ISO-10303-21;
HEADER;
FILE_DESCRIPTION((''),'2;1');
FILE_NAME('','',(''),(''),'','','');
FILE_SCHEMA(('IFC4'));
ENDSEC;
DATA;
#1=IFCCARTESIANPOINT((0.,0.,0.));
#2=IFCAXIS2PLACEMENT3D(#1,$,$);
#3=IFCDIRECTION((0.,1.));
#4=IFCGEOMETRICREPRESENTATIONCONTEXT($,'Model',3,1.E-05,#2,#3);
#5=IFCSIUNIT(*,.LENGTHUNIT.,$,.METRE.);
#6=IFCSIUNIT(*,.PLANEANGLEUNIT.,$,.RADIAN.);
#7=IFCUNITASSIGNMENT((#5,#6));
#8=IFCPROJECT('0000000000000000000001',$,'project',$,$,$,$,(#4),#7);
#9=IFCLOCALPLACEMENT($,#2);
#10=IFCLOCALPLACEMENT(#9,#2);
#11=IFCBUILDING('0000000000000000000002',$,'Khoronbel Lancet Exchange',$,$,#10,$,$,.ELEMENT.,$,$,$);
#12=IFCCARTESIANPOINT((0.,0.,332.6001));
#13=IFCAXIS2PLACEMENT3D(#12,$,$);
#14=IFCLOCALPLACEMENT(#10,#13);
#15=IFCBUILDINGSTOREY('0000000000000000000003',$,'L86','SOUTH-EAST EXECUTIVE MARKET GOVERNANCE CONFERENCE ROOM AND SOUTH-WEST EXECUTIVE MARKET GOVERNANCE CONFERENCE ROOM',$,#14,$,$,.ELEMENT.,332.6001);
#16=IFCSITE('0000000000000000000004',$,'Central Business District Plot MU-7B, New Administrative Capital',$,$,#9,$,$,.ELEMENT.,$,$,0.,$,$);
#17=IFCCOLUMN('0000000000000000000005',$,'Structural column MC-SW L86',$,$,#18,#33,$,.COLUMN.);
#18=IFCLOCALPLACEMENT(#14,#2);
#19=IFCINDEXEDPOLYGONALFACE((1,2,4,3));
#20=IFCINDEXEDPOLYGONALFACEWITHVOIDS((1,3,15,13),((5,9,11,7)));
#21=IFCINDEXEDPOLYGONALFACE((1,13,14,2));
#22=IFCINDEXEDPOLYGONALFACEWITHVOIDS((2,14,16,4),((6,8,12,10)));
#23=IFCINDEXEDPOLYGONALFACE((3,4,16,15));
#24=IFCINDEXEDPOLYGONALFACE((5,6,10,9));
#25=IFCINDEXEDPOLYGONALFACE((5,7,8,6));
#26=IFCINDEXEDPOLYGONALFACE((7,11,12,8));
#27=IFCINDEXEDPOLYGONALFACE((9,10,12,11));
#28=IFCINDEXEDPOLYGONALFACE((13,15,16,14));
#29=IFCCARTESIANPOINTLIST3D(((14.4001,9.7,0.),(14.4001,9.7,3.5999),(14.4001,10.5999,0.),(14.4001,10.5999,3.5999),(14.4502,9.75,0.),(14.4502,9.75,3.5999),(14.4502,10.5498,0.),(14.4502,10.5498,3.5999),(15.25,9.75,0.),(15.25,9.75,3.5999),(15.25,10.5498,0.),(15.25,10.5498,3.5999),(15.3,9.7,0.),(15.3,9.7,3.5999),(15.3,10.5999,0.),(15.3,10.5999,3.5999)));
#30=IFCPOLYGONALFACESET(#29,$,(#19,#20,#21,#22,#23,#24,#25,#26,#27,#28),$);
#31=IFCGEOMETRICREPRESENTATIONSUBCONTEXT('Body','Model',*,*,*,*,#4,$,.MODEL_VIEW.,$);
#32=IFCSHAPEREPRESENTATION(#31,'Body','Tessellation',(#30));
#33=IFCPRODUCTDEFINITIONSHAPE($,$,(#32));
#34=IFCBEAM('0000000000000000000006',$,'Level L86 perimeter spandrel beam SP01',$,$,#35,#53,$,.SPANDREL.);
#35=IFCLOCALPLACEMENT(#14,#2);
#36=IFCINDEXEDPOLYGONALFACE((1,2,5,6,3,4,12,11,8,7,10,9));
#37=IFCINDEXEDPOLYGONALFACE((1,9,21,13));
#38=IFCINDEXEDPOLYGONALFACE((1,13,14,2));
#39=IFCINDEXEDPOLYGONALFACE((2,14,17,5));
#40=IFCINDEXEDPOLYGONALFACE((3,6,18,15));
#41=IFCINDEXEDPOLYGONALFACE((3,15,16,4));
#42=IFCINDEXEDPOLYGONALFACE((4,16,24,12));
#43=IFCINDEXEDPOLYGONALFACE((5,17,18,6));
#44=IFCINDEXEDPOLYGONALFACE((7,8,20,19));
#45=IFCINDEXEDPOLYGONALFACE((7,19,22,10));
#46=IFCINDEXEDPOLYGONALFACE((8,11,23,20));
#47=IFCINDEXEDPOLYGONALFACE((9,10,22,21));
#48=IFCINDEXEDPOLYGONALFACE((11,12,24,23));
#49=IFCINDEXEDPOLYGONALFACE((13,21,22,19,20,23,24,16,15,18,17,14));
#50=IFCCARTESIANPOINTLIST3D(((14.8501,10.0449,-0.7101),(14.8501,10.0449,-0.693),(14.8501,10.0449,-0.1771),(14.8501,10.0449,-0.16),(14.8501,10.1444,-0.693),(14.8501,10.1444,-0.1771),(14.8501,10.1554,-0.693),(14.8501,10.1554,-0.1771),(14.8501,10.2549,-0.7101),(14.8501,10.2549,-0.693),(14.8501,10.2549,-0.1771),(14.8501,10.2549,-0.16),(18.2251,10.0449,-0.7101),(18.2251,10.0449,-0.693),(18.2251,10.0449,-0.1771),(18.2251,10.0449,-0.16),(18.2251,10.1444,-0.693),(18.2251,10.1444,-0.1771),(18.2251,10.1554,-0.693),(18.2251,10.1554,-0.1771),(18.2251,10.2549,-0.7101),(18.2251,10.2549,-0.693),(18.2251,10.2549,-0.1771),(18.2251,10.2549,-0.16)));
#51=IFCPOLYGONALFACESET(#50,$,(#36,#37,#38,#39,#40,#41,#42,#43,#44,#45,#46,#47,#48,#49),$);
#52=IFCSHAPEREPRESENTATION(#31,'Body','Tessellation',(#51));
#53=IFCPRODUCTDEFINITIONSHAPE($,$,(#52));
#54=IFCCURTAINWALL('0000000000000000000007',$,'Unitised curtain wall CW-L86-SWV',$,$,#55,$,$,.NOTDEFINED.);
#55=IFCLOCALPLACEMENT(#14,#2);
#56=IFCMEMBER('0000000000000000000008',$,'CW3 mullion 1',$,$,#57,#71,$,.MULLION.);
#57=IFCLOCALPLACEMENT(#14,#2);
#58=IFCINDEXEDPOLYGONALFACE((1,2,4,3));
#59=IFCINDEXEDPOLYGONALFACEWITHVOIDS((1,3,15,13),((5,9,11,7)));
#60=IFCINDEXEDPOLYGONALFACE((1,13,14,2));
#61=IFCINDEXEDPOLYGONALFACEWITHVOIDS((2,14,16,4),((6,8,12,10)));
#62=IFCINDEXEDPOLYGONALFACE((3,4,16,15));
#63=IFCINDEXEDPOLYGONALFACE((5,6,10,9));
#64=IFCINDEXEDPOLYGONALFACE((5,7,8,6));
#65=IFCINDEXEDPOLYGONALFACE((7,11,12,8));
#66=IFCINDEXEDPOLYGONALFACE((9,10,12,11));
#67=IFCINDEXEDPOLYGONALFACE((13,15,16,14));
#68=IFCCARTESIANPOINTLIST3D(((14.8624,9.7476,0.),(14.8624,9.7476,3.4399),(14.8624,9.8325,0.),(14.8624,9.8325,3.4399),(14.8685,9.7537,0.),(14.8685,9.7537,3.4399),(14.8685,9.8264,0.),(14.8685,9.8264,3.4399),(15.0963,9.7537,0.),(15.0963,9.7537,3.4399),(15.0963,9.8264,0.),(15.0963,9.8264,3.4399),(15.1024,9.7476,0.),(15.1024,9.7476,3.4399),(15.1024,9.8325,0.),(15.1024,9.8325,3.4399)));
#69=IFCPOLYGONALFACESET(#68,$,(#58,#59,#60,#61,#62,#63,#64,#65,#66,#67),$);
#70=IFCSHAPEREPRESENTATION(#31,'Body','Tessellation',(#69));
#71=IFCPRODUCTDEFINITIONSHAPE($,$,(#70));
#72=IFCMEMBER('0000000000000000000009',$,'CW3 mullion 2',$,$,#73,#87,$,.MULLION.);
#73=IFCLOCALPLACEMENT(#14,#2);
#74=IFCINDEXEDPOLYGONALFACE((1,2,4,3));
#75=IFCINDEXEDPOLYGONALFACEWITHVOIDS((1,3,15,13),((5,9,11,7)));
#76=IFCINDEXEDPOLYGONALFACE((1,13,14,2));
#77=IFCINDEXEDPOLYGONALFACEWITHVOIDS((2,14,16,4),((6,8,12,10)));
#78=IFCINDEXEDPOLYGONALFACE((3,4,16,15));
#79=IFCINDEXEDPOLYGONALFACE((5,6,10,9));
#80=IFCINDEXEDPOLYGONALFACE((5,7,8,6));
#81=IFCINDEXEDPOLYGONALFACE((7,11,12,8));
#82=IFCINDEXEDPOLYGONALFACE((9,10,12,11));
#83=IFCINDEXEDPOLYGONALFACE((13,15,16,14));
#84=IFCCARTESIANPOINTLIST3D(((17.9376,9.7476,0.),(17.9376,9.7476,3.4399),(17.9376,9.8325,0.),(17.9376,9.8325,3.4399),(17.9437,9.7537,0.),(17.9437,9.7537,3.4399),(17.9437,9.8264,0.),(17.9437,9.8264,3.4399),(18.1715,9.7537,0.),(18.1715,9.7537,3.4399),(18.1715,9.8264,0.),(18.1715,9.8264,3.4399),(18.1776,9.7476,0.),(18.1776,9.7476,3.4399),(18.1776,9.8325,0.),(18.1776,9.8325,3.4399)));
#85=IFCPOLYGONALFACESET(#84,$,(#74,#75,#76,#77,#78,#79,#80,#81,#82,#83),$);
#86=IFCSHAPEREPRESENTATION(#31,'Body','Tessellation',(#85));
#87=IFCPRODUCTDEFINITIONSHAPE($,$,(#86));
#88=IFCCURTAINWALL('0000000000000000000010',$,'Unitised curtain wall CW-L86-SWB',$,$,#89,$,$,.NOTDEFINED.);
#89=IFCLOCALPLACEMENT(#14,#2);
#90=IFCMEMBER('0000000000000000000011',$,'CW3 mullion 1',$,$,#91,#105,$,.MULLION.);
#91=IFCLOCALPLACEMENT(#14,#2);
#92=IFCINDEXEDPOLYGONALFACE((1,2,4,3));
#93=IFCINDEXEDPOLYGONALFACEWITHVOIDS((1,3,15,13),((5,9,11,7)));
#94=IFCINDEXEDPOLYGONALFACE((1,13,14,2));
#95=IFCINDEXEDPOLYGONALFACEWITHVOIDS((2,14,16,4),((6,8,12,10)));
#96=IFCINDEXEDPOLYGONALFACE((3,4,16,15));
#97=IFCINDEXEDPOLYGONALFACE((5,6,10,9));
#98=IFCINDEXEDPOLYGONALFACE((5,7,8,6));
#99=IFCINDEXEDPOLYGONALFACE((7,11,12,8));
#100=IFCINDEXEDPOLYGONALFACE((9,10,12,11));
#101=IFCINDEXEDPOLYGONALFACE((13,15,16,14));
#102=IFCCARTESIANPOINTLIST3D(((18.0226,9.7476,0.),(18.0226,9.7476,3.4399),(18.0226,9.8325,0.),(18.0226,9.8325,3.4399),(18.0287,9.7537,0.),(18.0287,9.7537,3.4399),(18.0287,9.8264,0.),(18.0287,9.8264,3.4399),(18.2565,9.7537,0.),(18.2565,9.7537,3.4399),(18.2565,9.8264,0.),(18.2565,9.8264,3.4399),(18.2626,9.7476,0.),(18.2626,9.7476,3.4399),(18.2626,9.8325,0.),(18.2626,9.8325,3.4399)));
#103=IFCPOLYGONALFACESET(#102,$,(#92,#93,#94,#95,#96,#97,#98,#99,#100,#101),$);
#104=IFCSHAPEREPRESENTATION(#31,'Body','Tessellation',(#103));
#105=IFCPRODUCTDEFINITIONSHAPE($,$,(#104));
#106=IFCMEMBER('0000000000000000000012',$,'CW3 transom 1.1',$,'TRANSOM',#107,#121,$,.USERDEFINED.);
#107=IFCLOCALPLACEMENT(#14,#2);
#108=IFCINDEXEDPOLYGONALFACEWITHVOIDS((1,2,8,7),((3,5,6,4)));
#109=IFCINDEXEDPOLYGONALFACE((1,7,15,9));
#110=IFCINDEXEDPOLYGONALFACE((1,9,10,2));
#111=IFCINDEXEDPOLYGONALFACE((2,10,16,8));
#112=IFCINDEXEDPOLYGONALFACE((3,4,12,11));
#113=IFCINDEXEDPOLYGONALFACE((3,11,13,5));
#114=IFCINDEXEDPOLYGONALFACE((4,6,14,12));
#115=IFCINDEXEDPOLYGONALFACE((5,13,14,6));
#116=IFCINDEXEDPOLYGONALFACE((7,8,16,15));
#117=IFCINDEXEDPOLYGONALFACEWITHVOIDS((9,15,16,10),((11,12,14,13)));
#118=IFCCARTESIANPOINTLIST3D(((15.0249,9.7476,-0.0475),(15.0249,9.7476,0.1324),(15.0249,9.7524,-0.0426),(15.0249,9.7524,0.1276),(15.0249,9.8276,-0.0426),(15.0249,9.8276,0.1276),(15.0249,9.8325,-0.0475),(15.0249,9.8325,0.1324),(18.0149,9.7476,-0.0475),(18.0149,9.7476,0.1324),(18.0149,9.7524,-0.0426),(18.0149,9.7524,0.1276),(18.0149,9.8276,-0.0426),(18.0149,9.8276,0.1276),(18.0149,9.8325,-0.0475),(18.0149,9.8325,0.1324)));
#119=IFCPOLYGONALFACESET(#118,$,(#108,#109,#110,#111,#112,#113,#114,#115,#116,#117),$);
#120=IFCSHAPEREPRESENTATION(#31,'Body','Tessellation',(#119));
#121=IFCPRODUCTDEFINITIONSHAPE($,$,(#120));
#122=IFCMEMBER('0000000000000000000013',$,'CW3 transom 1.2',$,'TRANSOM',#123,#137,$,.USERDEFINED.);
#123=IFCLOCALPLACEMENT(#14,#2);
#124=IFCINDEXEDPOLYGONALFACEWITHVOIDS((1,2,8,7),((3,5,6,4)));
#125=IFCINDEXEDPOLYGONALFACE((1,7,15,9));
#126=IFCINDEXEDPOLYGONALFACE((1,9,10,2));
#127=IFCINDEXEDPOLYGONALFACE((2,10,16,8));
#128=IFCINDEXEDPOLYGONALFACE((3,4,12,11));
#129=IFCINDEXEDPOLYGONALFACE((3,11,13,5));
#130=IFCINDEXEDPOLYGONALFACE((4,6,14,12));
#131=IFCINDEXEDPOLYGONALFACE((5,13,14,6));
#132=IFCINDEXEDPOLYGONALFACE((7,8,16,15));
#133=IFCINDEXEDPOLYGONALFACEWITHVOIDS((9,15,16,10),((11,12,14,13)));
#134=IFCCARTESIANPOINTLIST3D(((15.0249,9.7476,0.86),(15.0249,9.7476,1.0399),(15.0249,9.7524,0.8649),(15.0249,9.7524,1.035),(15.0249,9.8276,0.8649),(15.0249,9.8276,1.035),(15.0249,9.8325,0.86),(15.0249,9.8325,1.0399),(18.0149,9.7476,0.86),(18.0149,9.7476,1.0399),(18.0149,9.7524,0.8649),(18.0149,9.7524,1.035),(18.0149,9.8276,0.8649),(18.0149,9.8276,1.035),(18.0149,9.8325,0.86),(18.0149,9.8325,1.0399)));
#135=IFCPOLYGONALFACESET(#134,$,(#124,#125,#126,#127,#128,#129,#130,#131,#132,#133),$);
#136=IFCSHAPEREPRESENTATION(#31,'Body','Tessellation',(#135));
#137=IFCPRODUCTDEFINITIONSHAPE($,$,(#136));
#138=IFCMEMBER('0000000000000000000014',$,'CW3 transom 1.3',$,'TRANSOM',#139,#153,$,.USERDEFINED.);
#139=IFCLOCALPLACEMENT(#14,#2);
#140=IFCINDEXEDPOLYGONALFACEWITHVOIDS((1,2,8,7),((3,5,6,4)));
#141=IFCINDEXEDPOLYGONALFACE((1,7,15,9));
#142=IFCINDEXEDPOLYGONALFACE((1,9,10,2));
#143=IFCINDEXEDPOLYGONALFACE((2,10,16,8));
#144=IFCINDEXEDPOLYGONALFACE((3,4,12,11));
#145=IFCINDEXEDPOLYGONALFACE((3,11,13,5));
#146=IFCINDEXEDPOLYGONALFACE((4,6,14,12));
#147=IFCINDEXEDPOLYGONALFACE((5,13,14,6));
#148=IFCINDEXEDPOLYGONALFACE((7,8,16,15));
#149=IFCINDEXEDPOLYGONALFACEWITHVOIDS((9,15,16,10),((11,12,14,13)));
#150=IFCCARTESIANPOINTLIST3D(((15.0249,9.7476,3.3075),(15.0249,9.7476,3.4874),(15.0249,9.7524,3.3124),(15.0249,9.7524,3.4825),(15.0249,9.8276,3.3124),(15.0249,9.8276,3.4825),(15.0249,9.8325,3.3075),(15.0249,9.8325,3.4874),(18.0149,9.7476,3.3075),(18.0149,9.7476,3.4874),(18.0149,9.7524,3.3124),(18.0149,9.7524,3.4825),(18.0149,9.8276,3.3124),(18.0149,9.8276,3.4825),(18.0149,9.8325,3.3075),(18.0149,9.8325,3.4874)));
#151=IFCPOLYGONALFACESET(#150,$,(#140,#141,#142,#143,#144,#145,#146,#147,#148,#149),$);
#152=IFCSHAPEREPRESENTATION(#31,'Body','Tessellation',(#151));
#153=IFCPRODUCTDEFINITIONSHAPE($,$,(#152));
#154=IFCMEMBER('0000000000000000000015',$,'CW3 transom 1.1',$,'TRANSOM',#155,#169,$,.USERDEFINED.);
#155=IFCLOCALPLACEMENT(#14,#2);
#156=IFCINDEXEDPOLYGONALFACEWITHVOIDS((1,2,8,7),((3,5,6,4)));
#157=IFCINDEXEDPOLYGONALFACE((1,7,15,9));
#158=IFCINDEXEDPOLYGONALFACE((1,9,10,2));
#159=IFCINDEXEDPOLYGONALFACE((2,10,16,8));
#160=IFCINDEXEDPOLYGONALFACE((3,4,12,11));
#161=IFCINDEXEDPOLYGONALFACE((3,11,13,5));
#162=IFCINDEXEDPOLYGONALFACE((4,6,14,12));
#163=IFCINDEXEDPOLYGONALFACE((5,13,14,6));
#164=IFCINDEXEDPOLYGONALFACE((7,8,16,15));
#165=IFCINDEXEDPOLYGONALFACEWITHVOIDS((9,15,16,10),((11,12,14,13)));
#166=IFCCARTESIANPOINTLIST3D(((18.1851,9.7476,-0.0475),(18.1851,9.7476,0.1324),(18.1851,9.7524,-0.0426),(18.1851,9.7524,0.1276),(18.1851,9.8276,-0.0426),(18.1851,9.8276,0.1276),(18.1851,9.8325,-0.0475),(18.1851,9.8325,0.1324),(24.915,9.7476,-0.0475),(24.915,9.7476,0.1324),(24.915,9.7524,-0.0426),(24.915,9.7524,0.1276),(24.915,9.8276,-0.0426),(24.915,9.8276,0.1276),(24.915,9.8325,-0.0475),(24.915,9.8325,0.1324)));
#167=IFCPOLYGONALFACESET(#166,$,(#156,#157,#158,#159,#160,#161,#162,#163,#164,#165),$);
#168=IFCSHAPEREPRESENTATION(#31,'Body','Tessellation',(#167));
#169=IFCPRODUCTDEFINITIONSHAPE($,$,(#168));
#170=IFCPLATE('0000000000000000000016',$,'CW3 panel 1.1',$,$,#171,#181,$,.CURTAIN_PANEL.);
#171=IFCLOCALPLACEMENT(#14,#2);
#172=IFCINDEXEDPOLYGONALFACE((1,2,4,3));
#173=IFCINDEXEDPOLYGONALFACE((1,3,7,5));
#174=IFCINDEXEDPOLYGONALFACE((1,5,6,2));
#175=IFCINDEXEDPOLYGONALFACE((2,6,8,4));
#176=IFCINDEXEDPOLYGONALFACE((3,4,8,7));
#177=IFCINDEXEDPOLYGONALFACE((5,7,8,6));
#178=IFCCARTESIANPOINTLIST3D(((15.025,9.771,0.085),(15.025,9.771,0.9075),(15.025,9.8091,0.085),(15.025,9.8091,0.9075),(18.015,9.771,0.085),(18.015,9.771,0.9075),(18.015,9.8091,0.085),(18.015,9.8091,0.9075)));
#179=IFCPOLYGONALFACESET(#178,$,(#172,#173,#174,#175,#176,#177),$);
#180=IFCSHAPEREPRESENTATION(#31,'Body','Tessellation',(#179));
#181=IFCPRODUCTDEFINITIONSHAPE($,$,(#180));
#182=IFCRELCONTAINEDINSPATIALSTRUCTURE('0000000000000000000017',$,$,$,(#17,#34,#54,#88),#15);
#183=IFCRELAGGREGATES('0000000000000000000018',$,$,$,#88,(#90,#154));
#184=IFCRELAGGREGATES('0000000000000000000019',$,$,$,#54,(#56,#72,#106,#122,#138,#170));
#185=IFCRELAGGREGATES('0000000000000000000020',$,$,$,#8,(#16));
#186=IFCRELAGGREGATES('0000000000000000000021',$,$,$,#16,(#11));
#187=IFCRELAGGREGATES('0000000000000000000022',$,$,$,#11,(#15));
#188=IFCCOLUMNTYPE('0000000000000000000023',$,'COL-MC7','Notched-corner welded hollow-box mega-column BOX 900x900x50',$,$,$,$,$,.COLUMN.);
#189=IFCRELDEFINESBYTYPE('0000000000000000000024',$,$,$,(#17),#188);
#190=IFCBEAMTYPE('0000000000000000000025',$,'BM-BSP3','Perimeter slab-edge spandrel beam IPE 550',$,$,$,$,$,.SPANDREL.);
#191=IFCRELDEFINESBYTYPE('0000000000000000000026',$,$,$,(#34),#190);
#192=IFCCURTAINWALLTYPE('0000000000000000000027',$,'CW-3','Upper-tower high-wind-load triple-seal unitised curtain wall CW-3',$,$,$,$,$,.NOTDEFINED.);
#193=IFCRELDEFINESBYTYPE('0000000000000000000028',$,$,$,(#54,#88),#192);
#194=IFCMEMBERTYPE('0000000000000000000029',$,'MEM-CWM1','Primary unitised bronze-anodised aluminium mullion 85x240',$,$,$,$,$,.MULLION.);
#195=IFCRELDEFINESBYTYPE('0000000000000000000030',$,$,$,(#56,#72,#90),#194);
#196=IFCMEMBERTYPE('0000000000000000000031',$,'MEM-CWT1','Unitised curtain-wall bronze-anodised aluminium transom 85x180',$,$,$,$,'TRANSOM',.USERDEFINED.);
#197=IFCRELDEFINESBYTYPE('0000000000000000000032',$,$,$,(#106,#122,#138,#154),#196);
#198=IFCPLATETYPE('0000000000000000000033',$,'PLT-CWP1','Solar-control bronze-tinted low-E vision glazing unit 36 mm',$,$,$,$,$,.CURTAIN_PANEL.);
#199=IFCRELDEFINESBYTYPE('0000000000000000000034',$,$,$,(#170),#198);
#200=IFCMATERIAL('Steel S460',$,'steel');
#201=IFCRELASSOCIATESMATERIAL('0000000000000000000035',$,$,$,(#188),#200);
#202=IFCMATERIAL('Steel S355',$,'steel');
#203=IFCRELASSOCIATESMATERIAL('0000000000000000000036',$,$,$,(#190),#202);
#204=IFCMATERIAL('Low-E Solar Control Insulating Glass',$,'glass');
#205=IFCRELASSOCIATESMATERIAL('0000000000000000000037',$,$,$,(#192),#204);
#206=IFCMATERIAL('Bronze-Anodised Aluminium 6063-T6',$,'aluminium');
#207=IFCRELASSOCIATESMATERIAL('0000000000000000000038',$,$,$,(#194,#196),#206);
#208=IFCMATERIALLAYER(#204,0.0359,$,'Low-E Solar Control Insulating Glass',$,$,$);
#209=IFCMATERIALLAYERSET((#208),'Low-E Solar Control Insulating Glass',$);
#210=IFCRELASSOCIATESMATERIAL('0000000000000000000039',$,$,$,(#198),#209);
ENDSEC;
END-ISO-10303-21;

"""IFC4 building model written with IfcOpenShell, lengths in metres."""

from ifc_helpers import new_model, si_unit, direction, frame, origin, origin_2d, place, context, subcontext, project, spatial, rectangle, hollow_rectangle, i_section, extrude, material, layer, layer_set, material_profile, profile_set, type_object, element, aggregate, save


model = new_model("IFC4")

# Units and contexts
model_context = context("Model", 3, precision=1e-05, world=origin(), true_north=direction((0.0, 1.0)))
body_context = subcontext(model_context, "Body", "Model", "MODEL_VIEW")
ifc_project = project(units=[si_unit("LENGTHUNIT", "METRE"), si_unit("PLANEANGLEUNIT", "RADIAN")], contexts=[model_context])

# Site, building, storey
site_placement = place(None, origin())
site = spatial("IfcSite", under=ifc_project, at=site_placement, Name="Central Business District Plot MU-7B, New Administrative Capital", CompositionType="ELEMENT", RefElevation=0.0)
building_placement = place(site_placement, origin())
building = spatial("IfcBuilding", under=site, at=building_placement, Name="Khoronbel Lancet Exchange", CompositionType="ELEMENT")
storey_placement = place(building_placement, frame((0.0, 0.0, 332.6001)))
storey = spatial("IfcBuildingStorey", under=building, at=storey_placement, Name="L86", Description="SOUTH-EAST EXECUTIVE MARKET GOVERNANCE CONFERENCE ROOM AND SOUTH-WEST EXECUTIVE MARKET GOVERNANCE CONFERENCE ROOM", CompositionType="ELEMENT", Elevation=332.6001)

# Column
ifc_material_1 = material(Name="Steel S460", Category="steel")
ifc_material_profile_1 = material_profile(ifc_material_1, hollow_rectangle(XDim=0.8999, YDim=0.8999, WallThickness=0.05, at=origin_2d()), Name="BOX 900x900x50")
ifc_profile_set_1 = profile_set([ifc_material_profile_1], Name="Steel S460")
column_type = type_object("IfcColumnType", Name="COL-MC7", Description="Notched-corner welded hollow-box mega-column BOX 900x900x50", PredefinedType="COLUMN", material=ifc_profile_set_1)
column_placement = place(storey_placement, frame((14.8501, 10.1499, 0.0), z_axis=(0.0, 0.0, 1.0), x_axis=(1.0, 0.0, 0.0)))
element("IfcColumn", 1, at=column_placement, inside=storey, type_object=column_type, Name="Structural column MC-SW L86", PredefinedType="COLUMN", context=body_context, shape_type="SweptSolid", body=[
    extrude(hollow_rectangle(XDim=0.8999, YDim=0.8999, WallThickness=0.05, at=origin_2d()), origin(), (0.0, 0.0, 1.0), 3.5999),
])

# Beam
ifc_material_2 = material(Name="Steel S355", Category="steel")
ifc_material_profile_2 = material_profile(ifc_material_2, i_section(OverallWidth=0.21, OverallDepth=0.55, WebThickness=0.011, FlangeThickness=0.0171, at=origin_2d()), Name="IPE 550")
ifc_profile_set_2 = profile_set([ifc_material_profile_2], Name="Steel S355")
beam_type = type_object("IfcBeamType", Name="BM-BSP3", Description="Perimeter slab-edge spandrel beam IPE 550", PredefinedType="SPANDREL", material=ifc_profile_set_2)
beam_placement = place(storey_placement, frame((14.8501, 10.1499, -0.4351), z_axis=(1.0, 0.0, 0.0), x_axis=(0.0, 1.0, 0.0)))
element("IfcBeam", 2, at=beam_placement, inside=storey, type_object=beam_type, Name="Level L86 perimeter spandrel beam SP01", PredefinedType="SPANDREL", context=body_context, shape_type="SweptSolid", body=[
    extrude(i_section(OverallWidth=0.21, OverallDepth=0.55, WebThickness=0.011, FlangeThickness=0.0171, at=origin_2d()), origin(), (0.0, 0.0, 1.0), 3.375),
])

# Curtain wall, members
ifc_material_3 = material(Name="Low-E Solar Control Insulating Glass", Category="glass")
curtain_wall_type = type_object("IfcCurtainWallType", Name="CW-3", Description="Upper-tower high-wind-load triple-seal unitised curtain wall CW-3", PredefinedType="NOTDEFINED", material=ifc_material_3)
curtain_wall_1_placement = place(storey_placement, origin())
curtain_wall_1 = element("IfcCurtainWall", 3, at=curtain_wall_1_placement, inside=storey, type_object=curtain_wall_type, Name="Unitised curtain wall CW-L86-SWV", PredefinedType="NOTDEFINED")
ifc_material_4 = material(Name="Bronze-Anodised Aluminium 6063-T6", Category="aluminium")
ifc_material_profile_3 = material_profile(ifc_material_4, hollow_rectangle(XDim=0.085, YDim=0.24, WallThickness=0.0061, at=origin_2d()), Name="ALU MULLION 85x240")
ifc_profile_set_3 = profile_set([ifc_material_profile_3], Name="Bronze-Anodised Aluminium 6063-T6")
member_type_1 = type_object("IfcMemberType", Name="MEM-CWM1", Description="Primary unitised bronze-anodised aluminium mullion 85x240", PredefinedType="MULLION", material=ifc_profile_set_3)
member_1_placement = place(storey_placement, frame((14.9824, 9.79, 0.0), z_axis=(0.0, 0.0, 1.0), x_axis=(0.0, 1.0, 0.0)))
member_1 = element("IfcMember", 4, at=member_1_placement, type_object=member_type_1, Name="CW3 mullion 1", PredefinedType="MULLION", context=body_context, shape_type="SweptSolid", body=[
    extrude(hollow_rectangle(XDim=0.085, YDim=0.24, WallThickness=0.0061, at=origin_2d()), origin(), (0.0, 0.0, 1.0), 3.4399),
])
member_2_placement = place(storey_placement, frame((18.0576, 9.79, 0.0), z_axis=(0.0, 0.0, 1.0), x_axis=(0.0, 1.0, 0.0)))
member_2 = element("IfcMember", 5, at=member_2_placement, type_object=member_type_1, Name="CW3 mullion 2", PredefinedType="MULLION", context=body_context, shape_type="SweptSolid", body=[
    extrude(hollow_rectangle(XDim=0.085, YDim=0.24, WallThickness=0.0061, at=origin_2d()), origin(), (0.0, 0.0, 1.0), 3.4399),
])

# Curtain wall, member
curtain_wall_2_placement = place(storey_placement, origin())
curtain_wall_2 = element("IfcCurtainWall", 6, at=curtain_wall_2_placement, inside=storey, type_object=curtain_wall_type, Name="Unitised curtain wall CW-L86-SWB", PredefinedType="NOTDEFINED")
member_3_placement = place(storey_placement, frame((18.1426, 9.79, 0.0), z_axis=(0.0, 0.0, 1.0), x_axis=(0.0, 1.0, 0.0)))
member_3 = element("IfcMember", 7, at=member_3_placement, type_object=member_type_1, Name="CW3 mullion 1", PredefinedType="MULLION", context=body_context, shape_type="SweptSolid", body=[
    extrude(hollow_rectangle(XDim=0.085, YDim=0.24, WallThickness=0.0061, at=origin_2d()), origin(), (0.0, 0.0, 1.0), 3.4399),
])

# Members
ifc_material_profile_4 = material_profile(ifc_material_4, hollow_rectangle(XDim=0.085, YDim=0.1799, WallThickness=0.0049, at=origin_2d()), Name="ALU TRANSOM 85x180")
ifc_profile_set_4 = profile_set([ifc_material_profile_4], Name="Bronze-Anodised Aluminium 6063-T6")
member_type_2 = type_object("IfcMemberType", Name="MEM-CWT1", Description="Unitised curtain-wall bronze-anodised aluminium transom 85x180", ElementType="TRANSOM", PredefinedType="USERDEFINED", material=ifc_profile_set_4)
member_4_placement = place(storey_placement, frame((15.0249, 9.79, 0.0425), z_axis=(1.0, 0.0, 0.0), x_axis=(0.0, 1.0, 0.0)))
member_4 = element("IfcMember", 8, at=member_4_placement, type_object=member_type_2, Name="CW3 transom 1.1", ObjectType="TRANSOM", PredefinedType="USERDEFINED", context=body_context, shape_type="SweptSolid", body=[
    extrude(hollow_rectangle(XDim=0.085, YDim=0.1799, WallThickness=0.0049, at=origin_2d()), origin(), (0.0, 0.0, 1.0), 2.99),
])
member_5_placement = place(storey_placement, frame((15.0249, 9.79, 0.95), z_axis=(1.0, 0.0, 0.0), x_axis=(0.0, 1.0, 0.0)))
member_5 = element("IfcMember", 9, at=member_5_placement, type_object=member_type_2, Name="CW3 transom 1.2", ObjectType="TRANSOM", PredefinedType="USERDEFINED", context=body_context, shape_type="SweptSolid", body=[
    extrude(hollow_rectangle(XDim=0.085, YDim=0.1799, WallThickness=0.0049, at=origin_2d()), origin(), (0.0, 0.0, 1.0), 2.99),
])
member_6_placement = place(storey_placement, frame((15.0249, 9.79, 3.3975), z_axis=(1.0, 0.0, 0.0), x_axis=(0.0, 1.0, 0.0)))
member_6 = element("IfcMember", 10, at=member_6_placement, type_object=member_type_2, Name="CW3 transom 1.3", ObjectType="TRANSOM", PredefinedType="USERDEFINED", context=body_context, shape_type="SweptSolid", body=[
    extrude(hollow_rectangle(XDim=0.085, YDim=0.1799, WallThickness=0.0049, at=origin_2d()), origin(), (0.0, 0.0, 1.0), 2.99),
])
member_7_placement = place(storey_placement, frame((18.1851, 9.79, 0.0425), z_axis=(1.0, 0.0, 0.0), x_axis=(0.0, 1.0, 0.0)))
member_7 = element("IfcMember", 11, at=member_7_placement, type_object=member_type_2, Name="CW3 transom 1.1", ObjectType="TRANSOM", PredefinedType="USERDEFINED", context=body_context, shape_type="SweptSolid", body=[
    extrude(hollow_rectangle(XDim=0.085, YDim=0.1799, WallThickness=0.0049, at=origin_2d()), origin(), (0.0, 0.0, 1.0), 6.73),
])
aggregate(curtain_wall_2, [member_3, member_7])

# Plate
ifc_layer_1 = layer(ifc_material_3, 0.0359, Name="Low-E Solar Control Insulating Glass")
ifc_layer_set_1 = layer_set([ifc_layer_1], Name="Low-E Solar Control Insulating Glass")
plate_type = type_object("IfcPlateType", Name="PLT-CWP1", Description="Solar-control bronze-tinted low-E vision glazing unit 36 mm", PredefinedType="CURTAIN_PANEL", material=ifc_layer_set_1)
plate_1_placement = place(storey_placement, frame((16.52, 9.79, 0.085), z_axis=(0.0, 0.0, 1.0), x_axis=(1.0, 0.0, 0.0)))
plate_1 = element("IfcPlate", 12, at=plate_1_placement, type_object=plate_type, Name="CW3 panel 1.1", PredefinedType="CURTAIN_PANEL", context=body_context, shape_type="SweptSolid", body=[
    extrude(rectangle(XDim=2.99, YDim=0.0381, at=origin_2d()), origin(), (0.0, 0.0, 1.0), 0.8225),
])
aggregate(curtain_wall_1, [member_1, member_2, member_4, member_5, member_6, plate_1])

save(model, "model.ifc")
